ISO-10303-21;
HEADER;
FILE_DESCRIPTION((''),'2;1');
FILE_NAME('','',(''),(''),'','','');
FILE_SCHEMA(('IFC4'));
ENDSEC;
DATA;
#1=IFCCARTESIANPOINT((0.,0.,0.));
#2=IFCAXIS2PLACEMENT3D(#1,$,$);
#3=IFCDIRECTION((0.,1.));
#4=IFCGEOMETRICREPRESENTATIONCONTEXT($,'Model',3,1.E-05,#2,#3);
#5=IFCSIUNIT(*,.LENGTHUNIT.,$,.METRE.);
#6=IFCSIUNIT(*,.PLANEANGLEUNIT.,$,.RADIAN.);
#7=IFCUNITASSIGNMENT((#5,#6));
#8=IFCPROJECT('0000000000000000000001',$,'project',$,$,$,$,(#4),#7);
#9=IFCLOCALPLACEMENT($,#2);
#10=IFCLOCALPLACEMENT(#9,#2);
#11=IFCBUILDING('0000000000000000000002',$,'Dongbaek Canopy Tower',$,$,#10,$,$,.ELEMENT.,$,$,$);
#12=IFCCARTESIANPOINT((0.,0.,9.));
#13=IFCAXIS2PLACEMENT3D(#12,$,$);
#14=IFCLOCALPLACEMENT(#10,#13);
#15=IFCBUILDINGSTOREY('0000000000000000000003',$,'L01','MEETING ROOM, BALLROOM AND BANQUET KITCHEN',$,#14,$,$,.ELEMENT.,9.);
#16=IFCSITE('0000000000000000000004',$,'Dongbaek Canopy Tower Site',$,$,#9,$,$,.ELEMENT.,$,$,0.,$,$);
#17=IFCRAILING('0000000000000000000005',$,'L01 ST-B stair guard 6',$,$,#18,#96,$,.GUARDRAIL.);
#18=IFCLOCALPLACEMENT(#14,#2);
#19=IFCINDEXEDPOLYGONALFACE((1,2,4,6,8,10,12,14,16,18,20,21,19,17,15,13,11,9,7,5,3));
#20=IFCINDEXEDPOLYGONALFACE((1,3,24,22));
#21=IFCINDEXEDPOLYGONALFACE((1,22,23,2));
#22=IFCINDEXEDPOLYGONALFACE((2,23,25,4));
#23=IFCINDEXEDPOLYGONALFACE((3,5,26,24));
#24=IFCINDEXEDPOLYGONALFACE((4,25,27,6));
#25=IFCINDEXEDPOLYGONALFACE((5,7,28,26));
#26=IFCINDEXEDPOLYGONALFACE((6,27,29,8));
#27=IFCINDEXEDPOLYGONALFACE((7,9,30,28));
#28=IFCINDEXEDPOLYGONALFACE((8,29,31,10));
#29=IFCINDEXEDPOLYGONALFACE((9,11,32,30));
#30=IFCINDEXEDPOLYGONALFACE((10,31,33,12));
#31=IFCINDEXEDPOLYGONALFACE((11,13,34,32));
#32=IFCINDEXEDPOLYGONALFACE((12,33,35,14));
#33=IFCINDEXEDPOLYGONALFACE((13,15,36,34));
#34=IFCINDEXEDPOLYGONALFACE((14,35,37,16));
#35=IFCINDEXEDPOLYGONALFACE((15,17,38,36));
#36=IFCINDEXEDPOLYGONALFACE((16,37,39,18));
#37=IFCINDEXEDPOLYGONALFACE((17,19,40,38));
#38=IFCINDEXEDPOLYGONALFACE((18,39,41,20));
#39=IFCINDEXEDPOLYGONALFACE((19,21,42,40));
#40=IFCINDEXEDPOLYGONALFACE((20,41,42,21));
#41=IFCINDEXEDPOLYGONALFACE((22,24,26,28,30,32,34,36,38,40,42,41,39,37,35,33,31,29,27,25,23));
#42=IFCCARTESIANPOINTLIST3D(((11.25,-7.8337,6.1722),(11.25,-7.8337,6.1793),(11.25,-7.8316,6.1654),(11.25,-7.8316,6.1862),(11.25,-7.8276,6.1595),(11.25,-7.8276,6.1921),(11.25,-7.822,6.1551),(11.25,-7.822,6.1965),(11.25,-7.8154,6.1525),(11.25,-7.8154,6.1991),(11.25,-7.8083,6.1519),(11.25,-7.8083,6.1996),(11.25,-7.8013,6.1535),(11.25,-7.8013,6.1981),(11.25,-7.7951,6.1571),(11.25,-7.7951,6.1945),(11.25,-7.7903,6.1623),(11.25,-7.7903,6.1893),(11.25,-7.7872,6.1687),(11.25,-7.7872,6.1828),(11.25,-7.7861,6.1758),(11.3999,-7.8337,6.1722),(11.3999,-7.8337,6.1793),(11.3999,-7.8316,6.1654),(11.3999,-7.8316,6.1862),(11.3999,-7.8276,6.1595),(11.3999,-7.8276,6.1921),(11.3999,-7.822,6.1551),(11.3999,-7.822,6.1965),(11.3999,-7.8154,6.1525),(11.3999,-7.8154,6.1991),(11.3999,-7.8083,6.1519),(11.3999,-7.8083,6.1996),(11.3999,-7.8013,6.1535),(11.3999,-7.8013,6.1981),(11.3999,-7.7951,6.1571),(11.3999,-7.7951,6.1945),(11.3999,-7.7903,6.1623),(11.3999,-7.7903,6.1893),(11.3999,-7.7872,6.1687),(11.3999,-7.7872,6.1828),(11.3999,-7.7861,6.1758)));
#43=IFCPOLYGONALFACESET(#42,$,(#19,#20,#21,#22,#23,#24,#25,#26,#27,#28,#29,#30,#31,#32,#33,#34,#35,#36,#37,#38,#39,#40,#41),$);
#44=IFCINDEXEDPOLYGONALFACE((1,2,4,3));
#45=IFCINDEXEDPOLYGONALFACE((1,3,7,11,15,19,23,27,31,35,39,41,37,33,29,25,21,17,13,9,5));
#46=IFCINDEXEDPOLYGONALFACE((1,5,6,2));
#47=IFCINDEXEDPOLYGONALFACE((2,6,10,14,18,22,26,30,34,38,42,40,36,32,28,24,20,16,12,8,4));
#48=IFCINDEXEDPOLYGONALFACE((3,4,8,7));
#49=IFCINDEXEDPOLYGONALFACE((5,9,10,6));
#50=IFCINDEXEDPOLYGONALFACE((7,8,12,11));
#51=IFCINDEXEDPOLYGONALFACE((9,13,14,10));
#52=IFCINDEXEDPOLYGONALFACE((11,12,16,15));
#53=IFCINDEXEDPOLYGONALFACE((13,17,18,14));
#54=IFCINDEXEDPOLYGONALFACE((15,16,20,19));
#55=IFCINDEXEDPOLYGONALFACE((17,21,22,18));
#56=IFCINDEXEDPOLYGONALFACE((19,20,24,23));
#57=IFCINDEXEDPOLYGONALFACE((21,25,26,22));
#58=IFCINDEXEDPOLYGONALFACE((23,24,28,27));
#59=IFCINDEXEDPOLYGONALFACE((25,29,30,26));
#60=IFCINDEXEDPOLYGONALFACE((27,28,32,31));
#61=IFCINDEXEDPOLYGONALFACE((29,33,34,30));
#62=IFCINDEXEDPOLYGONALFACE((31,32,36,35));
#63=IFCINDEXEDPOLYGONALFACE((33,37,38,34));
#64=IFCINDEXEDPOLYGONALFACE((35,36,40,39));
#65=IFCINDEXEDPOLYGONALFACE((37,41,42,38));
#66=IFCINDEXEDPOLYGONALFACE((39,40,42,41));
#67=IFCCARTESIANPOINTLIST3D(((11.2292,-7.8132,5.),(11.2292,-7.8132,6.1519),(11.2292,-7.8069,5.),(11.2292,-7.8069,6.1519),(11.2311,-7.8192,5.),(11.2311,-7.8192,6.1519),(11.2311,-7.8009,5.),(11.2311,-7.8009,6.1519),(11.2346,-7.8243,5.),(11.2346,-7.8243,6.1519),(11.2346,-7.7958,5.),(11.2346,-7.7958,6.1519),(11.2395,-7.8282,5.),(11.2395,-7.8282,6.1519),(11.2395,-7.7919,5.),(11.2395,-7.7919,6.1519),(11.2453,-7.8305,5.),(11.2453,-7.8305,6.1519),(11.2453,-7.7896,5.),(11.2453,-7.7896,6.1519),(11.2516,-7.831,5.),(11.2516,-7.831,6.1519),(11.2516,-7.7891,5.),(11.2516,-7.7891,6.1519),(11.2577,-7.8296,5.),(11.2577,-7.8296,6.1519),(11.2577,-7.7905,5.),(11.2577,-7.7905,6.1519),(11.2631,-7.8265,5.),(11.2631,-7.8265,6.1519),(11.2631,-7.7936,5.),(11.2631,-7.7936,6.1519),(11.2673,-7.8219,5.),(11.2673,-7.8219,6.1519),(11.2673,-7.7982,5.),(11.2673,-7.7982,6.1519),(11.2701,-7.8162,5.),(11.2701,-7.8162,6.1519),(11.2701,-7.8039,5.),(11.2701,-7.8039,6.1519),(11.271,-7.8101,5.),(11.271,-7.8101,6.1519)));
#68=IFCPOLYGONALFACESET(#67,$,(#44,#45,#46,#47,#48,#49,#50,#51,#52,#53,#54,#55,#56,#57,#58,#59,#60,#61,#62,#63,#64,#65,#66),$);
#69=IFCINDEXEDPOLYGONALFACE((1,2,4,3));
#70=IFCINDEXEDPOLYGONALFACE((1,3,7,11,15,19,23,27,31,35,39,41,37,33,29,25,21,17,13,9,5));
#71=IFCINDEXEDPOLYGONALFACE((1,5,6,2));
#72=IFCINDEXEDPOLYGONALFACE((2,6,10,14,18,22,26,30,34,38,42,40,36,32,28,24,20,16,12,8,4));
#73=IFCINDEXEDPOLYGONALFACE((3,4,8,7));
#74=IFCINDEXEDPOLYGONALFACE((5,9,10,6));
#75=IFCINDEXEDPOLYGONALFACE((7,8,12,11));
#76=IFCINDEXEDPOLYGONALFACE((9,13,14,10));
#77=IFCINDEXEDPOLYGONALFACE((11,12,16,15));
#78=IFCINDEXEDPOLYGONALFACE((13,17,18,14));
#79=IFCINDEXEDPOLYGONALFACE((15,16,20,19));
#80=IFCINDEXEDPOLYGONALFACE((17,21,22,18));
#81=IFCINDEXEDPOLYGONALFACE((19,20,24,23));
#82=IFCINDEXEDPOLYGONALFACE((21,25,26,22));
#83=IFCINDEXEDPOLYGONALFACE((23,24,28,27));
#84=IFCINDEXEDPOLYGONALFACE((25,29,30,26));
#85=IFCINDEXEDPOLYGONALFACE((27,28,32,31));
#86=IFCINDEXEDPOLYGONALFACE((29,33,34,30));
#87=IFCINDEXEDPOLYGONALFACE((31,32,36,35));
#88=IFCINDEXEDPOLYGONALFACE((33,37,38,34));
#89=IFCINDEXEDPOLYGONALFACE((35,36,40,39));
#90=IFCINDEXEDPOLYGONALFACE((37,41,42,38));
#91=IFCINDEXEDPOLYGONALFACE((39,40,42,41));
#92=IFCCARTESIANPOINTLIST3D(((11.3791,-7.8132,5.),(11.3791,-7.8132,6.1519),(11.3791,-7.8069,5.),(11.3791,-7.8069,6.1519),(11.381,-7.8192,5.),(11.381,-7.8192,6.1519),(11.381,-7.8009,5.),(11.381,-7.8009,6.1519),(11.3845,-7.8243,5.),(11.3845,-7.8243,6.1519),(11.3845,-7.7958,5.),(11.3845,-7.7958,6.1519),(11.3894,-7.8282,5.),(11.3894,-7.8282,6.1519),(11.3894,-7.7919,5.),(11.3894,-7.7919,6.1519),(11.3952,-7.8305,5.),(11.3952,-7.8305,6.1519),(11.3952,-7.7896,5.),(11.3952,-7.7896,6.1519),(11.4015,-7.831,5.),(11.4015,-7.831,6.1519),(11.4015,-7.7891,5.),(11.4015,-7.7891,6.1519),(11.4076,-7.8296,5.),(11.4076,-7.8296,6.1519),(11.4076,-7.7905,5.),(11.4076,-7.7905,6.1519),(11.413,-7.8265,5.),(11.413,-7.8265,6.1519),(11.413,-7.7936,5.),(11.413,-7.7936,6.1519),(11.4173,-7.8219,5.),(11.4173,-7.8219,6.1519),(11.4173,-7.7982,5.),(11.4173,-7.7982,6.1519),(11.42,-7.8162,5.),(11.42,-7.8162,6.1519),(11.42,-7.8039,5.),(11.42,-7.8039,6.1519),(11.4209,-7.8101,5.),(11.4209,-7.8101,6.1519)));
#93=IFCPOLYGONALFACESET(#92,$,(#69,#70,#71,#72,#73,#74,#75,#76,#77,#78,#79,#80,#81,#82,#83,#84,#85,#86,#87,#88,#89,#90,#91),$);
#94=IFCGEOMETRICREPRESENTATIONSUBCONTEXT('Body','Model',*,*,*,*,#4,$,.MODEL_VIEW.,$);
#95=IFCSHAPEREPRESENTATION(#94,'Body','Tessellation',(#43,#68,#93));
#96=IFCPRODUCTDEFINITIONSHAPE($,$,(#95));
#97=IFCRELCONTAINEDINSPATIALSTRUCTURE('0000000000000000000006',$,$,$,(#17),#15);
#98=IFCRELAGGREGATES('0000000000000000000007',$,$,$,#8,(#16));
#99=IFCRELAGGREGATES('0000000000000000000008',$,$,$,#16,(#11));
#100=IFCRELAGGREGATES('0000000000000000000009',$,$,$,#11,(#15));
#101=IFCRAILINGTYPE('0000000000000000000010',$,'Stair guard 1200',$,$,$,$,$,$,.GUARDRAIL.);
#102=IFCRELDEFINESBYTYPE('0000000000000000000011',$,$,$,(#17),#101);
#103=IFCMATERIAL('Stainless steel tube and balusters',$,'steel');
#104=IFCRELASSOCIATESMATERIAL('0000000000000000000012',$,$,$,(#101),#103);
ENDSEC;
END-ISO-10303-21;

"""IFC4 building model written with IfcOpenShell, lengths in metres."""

from ifc_helpers import new_model, si_unit, direction, frame, origin, origin_2d, place, context, subcontext, project, spatial, circle, extrude, material, type_object, element, save


model = new_model("IFC4")

# Units and contexts
model_context = context("Model", 3, precision=1e-05, world=origin(), true_north=direction((0.0, 1.0)))
body_context = subcontext(model_context, "Body", "Model", "MODEL_VIEW")
ifc_project = project(units=[si_unit("LENGTHUNIT", "METRE"), si_unit("PLANEANGLEUNIT", "RADIAN")], contexts=[model_context])

# Site, building, storey
site_placement = place(None, origin())
site = spatial("IfcSite", under=ifc_project, at=site_placement, Name="Dongbaek Canopy Tower Site", CompositionType="ELEMENT", RefElevation=0.0)
building_placement = place(site_placement, origin())
building = spatial("IfcBuilding", under=site, at=building_placement, Name="Dongbaek Canopy Tower", CompositionType="ELEMENT")
storey_placement = place(building_placement, frame((0.0, 0.0, 9.0)))
storey = spatial("IfcBuildingStorey", under=building, at=storey_placement, Name="L01", Description="MEETING ROOM, BALLROOM AND BANQUET KITCHEN", CompositionType="ELEMENT", Elevation=9.0)

# Railing
ifc_material_1 = material(Name="Stainless steel tube and balusters", Category="steel")
railing_type_1 = type_object("IfcRailingType", Name="Stair guard 1200", PredefinedType="GUARDRAIL", material=ifc_material_1)
railing_1_placement = place(storey_placement, frame((11.25, -7.8101, 5.0)))
element("IfcRailing", 1, at=railing_1_placement, inside=storey, type_object=railing_type_1, Name="L01 ST-B stair guard 6", PredefinedType="GUARDRAIL", context=body_context, shape_type="SweptSolid", body=[
    extrude(circle(Radius=0.0239, at=origin_2d()), frame((0.0, 0.0, 1.1758), z_axis=(1.0, 0.0, 0.0), x_axis=(0.0, 1.0, 0.0)), (0.0, 0.0, 1.0), 0.1499),
    extrude(circle(Radius=0.021, at=origin_2d()), origin(), (0.0, 0.0, 1.0), 1.1519),
    extrude(circle(Radius=0.021, at=origin_2d()), frame((0.1499, 0.0, 0.0)), (0.0, 0.0, 1.0), 1.1519),
])

save(model, "model.ifc")
